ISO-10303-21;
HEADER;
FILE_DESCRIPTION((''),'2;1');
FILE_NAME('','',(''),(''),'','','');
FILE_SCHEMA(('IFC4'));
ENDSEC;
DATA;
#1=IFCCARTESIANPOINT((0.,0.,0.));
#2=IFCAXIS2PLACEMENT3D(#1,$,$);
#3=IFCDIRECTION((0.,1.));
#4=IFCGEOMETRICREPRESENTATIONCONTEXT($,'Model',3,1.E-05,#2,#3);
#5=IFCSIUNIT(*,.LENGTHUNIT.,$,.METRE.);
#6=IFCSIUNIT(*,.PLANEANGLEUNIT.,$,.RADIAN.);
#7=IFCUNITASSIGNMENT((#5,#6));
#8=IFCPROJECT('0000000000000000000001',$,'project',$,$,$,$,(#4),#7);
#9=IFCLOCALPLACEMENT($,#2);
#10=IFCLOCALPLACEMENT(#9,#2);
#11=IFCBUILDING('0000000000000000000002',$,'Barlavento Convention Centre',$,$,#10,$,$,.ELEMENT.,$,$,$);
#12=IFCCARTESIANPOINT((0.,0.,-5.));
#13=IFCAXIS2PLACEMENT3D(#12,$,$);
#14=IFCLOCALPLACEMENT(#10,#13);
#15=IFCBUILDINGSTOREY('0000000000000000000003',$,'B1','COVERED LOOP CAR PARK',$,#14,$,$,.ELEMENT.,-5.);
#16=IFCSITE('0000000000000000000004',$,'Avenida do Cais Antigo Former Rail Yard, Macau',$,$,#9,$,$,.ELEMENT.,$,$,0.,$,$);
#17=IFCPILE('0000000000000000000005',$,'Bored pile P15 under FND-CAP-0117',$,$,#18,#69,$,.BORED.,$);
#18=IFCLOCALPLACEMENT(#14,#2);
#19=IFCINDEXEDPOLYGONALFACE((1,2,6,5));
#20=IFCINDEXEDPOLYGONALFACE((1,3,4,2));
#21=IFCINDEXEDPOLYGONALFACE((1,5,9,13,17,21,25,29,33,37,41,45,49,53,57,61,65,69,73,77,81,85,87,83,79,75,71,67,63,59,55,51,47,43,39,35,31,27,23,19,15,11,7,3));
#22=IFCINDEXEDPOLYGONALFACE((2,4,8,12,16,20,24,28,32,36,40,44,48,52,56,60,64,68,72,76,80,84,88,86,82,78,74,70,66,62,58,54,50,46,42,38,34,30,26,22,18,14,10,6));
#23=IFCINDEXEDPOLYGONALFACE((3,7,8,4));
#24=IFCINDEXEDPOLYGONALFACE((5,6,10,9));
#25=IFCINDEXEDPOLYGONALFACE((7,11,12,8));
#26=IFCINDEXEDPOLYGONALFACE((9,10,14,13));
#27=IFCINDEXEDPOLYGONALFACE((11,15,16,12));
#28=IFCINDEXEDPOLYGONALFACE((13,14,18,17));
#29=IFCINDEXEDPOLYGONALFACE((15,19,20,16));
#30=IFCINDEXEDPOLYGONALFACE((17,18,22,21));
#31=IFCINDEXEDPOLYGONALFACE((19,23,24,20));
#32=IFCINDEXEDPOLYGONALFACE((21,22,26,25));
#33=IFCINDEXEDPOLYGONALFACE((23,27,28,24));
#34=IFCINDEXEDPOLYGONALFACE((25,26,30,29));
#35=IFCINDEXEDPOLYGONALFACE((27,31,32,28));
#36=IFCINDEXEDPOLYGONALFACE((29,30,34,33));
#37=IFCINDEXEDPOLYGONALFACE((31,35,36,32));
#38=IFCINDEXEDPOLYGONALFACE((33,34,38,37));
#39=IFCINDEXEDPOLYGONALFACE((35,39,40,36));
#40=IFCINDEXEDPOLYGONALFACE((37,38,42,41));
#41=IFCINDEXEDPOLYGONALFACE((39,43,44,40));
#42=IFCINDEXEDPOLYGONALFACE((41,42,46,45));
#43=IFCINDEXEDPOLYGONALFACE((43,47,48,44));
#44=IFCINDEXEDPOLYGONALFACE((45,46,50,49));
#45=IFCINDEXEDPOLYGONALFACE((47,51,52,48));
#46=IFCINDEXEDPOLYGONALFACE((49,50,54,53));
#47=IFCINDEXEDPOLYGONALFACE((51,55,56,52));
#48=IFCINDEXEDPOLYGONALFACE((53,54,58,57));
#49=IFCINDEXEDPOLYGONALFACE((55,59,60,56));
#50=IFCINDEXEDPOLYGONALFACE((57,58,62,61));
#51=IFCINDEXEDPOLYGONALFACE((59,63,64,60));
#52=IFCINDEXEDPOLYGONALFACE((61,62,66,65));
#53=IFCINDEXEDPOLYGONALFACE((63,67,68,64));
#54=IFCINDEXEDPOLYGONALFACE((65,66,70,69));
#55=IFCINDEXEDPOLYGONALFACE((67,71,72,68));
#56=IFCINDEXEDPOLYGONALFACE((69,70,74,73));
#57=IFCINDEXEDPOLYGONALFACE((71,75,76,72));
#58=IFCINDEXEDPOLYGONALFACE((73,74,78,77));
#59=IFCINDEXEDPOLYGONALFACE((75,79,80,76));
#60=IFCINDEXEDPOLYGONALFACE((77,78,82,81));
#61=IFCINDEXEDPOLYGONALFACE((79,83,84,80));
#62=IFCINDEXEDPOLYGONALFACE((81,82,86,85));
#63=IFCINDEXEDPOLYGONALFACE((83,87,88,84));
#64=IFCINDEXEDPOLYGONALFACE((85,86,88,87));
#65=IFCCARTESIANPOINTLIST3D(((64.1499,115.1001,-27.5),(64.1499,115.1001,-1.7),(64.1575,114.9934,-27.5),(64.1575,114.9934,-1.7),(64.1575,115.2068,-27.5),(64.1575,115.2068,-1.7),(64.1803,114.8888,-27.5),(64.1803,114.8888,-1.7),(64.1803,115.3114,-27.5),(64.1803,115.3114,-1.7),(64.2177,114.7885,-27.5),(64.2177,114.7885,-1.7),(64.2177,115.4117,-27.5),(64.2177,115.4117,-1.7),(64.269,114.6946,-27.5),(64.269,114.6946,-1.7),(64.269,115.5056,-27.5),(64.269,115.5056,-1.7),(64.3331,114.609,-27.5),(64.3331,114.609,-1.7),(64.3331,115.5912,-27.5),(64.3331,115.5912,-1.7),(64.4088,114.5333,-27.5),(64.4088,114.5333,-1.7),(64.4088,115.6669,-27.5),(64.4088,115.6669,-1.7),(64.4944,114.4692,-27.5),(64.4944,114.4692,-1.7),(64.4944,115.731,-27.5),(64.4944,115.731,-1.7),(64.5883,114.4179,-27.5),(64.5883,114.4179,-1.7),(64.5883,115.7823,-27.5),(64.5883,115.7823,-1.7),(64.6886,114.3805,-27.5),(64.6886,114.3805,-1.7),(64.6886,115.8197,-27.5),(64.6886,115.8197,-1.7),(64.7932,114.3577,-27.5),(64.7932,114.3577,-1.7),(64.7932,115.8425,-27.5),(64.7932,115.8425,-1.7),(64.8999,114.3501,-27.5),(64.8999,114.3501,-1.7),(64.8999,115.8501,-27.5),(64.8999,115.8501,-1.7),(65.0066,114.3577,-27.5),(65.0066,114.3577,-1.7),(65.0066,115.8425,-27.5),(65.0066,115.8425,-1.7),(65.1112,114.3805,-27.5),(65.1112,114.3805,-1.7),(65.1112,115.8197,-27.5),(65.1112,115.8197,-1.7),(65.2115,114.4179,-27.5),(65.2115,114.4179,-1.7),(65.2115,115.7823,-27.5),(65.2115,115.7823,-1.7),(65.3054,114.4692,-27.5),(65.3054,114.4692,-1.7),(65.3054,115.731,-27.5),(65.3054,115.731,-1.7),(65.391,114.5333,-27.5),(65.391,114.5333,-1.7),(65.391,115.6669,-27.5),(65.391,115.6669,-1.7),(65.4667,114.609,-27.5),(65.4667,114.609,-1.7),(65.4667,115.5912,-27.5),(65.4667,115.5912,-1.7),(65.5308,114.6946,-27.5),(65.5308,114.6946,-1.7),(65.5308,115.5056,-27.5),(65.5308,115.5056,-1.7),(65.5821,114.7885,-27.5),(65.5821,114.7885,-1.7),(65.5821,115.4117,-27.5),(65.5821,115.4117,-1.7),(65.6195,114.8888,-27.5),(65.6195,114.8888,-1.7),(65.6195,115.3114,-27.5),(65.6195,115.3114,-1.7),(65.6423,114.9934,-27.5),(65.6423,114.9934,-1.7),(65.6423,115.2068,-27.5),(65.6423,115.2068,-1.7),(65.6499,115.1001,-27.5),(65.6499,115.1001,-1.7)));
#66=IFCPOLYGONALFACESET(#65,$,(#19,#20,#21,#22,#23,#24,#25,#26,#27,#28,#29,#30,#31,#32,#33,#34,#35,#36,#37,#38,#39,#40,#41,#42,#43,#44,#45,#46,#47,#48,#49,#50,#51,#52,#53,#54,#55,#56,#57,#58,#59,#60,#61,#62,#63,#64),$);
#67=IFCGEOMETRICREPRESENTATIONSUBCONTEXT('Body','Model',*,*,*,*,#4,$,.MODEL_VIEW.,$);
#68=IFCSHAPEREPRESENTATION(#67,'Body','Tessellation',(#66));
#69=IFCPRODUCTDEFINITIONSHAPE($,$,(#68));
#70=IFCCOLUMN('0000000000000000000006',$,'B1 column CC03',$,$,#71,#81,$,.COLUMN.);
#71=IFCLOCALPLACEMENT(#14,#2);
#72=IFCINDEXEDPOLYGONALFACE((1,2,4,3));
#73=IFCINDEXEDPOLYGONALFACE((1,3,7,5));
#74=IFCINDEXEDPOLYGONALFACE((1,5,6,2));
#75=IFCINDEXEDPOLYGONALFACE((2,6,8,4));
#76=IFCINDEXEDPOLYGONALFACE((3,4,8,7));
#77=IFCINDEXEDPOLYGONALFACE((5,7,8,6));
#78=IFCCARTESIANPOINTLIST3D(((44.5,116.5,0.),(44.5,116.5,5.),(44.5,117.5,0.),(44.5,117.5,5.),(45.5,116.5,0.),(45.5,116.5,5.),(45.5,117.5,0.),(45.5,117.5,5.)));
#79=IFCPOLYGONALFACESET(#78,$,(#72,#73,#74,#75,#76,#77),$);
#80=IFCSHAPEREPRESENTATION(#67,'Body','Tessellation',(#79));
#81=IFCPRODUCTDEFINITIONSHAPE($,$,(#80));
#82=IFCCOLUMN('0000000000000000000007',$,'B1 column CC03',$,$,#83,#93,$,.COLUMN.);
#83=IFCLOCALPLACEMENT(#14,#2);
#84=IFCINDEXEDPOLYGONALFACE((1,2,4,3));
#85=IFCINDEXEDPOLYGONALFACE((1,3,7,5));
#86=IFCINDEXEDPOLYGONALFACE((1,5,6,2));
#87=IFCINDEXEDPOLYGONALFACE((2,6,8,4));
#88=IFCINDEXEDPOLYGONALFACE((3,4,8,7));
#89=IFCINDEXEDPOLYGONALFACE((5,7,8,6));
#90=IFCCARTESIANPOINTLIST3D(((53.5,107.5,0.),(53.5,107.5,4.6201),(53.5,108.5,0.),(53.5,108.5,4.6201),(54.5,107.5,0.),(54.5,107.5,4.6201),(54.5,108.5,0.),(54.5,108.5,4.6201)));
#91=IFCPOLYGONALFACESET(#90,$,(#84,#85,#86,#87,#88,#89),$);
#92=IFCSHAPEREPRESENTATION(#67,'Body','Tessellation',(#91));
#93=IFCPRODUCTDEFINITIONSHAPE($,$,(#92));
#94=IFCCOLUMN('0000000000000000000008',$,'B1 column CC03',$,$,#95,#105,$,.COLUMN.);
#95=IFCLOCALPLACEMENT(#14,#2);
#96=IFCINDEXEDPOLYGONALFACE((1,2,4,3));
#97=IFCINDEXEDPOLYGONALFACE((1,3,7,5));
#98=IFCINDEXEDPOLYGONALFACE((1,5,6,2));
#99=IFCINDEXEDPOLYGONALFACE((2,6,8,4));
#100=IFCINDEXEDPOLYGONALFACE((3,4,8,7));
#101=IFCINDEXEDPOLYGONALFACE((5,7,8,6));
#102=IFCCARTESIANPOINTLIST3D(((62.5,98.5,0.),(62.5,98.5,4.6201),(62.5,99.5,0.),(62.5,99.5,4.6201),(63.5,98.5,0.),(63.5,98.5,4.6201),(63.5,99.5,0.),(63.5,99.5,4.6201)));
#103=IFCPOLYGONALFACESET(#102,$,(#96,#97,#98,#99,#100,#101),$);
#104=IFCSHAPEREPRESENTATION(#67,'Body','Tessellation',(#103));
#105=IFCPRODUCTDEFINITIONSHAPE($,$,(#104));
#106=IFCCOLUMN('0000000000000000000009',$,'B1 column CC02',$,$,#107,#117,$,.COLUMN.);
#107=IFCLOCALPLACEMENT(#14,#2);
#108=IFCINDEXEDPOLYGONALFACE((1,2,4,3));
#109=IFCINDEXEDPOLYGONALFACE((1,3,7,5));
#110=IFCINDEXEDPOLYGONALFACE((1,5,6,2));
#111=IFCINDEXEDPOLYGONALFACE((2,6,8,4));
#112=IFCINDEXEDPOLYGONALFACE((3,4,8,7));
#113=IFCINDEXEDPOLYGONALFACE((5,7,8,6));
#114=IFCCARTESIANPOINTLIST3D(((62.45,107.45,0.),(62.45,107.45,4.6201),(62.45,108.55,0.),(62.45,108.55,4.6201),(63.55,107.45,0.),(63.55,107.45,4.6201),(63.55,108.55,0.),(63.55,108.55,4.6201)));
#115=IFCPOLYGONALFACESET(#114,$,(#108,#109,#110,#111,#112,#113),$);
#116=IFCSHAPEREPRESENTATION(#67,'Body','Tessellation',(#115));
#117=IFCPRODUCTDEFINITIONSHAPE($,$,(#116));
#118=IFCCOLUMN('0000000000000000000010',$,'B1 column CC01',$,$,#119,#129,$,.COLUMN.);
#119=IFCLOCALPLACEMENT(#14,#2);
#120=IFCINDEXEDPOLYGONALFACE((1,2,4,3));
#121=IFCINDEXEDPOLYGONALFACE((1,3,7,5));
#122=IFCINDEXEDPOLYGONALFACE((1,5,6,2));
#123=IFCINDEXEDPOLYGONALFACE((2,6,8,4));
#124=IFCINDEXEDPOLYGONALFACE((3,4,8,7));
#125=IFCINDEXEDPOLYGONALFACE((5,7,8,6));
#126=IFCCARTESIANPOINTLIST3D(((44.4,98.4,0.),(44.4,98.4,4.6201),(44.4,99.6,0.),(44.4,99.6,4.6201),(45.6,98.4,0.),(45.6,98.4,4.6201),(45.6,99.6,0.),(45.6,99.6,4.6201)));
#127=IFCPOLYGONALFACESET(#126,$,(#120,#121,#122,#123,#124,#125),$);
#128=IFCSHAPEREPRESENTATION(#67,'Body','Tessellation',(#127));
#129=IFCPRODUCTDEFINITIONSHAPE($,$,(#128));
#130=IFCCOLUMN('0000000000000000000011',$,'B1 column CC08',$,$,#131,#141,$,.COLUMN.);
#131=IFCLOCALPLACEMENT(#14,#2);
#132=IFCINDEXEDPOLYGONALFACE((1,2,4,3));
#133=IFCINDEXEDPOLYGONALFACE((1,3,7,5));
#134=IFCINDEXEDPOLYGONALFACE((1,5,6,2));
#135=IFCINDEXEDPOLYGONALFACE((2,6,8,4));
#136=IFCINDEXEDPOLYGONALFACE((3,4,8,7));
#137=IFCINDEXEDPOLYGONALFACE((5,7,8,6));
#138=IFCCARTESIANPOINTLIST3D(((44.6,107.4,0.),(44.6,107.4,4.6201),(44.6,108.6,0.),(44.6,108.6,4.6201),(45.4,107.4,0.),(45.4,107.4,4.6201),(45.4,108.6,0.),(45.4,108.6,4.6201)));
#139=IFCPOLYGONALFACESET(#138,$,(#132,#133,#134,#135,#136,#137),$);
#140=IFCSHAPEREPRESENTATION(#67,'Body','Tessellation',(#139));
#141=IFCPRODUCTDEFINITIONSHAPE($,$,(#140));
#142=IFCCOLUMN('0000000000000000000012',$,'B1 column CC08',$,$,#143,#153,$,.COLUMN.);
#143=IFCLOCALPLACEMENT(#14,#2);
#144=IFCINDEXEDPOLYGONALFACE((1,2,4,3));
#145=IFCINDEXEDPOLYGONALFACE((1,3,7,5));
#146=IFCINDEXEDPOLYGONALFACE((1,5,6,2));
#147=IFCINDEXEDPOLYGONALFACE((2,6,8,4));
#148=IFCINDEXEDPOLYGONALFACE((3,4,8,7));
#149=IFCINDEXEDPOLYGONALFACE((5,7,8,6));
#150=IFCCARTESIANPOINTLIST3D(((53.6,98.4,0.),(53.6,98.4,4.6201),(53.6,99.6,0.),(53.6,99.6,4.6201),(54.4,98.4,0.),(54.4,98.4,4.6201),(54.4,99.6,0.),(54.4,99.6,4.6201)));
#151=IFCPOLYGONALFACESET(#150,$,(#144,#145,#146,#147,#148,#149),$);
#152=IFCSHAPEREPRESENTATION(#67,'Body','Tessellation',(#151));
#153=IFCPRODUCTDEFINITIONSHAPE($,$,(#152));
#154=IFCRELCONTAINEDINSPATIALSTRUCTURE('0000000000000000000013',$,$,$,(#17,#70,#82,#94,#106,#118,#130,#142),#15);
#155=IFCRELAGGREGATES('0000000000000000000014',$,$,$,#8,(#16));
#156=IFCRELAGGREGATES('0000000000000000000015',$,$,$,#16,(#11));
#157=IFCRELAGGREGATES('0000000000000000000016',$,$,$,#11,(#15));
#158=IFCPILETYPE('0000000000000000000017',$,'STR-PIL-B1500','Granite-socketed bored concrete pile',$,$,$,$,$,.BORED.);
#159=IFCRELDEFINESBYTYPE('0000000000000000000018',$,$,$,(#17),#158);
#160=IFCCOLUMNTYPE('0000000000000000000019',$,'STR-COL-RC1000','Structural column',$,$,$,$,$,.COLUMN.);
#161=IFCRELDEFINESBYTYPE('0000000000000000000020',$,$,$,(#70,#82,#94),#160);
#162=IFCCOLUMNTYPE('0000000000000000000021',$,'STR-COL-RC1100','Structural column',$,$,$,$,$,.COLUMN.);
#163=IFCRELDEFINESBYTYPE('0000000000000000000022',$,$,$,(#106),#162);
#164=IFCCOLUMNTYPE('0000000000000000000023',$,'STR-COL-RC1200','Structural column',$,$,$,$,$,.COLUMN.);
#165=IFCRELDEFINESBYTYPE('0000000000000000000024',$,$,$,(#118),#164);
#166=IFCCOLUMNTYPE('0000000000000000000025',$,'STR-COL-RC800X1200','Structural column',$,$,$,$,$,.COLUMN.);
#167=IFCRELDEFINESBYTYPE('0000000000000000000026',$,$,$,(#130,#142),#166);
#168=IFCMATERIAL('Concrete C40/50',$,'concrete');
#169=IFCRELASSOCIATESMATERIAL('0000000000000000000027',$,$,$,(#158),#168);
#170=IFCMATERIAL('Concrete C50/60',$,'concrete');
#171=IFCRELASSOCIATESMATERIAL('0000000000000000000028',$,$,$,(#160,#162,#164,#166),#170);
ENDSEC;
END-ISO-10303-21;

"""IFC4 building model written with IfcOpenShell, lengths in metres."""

from ifc_helpers import new_model, si_unit, direction, frame, origin, origin_2d, place, context, subcontext, project, spatial, rectangle, circle, extrude, material, material_profile, profile_set, type_object, element, save


model = new_model("IFC4")

# Units and contexts
model_context = context("Model", 3, precision=1e-05, world=origin(), true_north=direction((0.0, 1.0)))
body_context = subcontext(model_context, "Body", "Model", "MODEL_VIEW")
ifc_project = project(units=[si_unit("LENGTHUNIT", "METRE"), si_unit("PLANEANGLEUNIT", "RADIAN")], contexts=[model_context])

# Site, building, storey
site_placement = place(None, origin())
site = spatial("IfcSite", under=ifc_project, at=site_placement, Name="Avenida do Cais Antigo Former Rail Yard, Macau", CompositionType="ELEMENT", RefElevation=0.0)
building_placement = place(site_placement, origin())
building = spatial("IfcBuilding", under=site, at=building_placement, Name="Barlavento Convention Centre", CompositionType="ELEMENT")
storey_placement = place(building_placement, frame((0.0, 0.0, -5.0)))
storey = spatial("IfcBuildingStorey", under=building, at=storey_placement, Name="B1", Description="COVERED LOOP CAR PARK", CompositionType="ELEMENT", Elevation=-5.0)

# Shared definitions
ifc_material_1 = material(Name="Concrete C40/50", Category="concrete")

# Pile
ifc_material_profile_1 = material_profile(ifc_material_1, circle(Radius=0.75, at=origin_2d()), Name="BORED PILE 1500")
ifc_profile_set_1 = profile_set([ifc_material_profile_1], Name="Concrete C40/50")
pile_type_1 = type_object("IfcPileType", Name="STR-PIL-B1500", Description="Granite-socketed bored concrete pile", PredefinedType="BORED", material=ifc_profile_set_1)
for number, where, z_axis, x_axis, name in (
    (1, (64.8999, 115.1001, -1.7), (0.0, 0.0, -1.0), (1.0, 0.0, 0.0), "Bored pile P15 under FND-CAP-0117"),
):
    element("IfcPile", number, at=place(storey_placement, frame(where, z_axis=z_axis, x_axis=x_axis)), inside=storey, type_object=pile_type_1, Name=name, PredefinedType="BORED", context=body_context, shape_type="SweptSolid", body=[
        extrude(circle(Radius=0.75, at=origin_2d()), origin(), (0.0, 0.0, 1.0), 25.8),
    ])

# Columns
ifc_material_2 = material(Name="Concrete C50/60", Category="concrete")
ifc_material_profile_2 = material_profile(ifc_material_2, rectangle(XDim=1.0, YDim=1.0, at=origin_2d()), Name="RC 1000x1000")
ifc_profile_set_2 = profile_set([ifc_material_profile_2], Name="Concrete C50/60")
column_type_1 = type_object("IfcColumnType", Name="STR-COL-RC1000", Description="Structural column", PredefinedType="COLUMN", material=ifc_profile_set_2)
column_1_placement = place(storey_placement, frame((45.0, 117.0, 0.0), z_axis=(0.0, 0.0, 1.0), x_axis=(1.0, 0.0, 0.0)))
element("IfcColumn", 2, at=column_1_placement, inside=storey, type_object=column_type_1, Name="B1 column CC03", PredefinedType="COLUMN", context=body_context, shape_type="SweptSolid", body=[
    extrude(rectangle(XDim=1.0, YDim=1.0, at=origin_2d()), origin(), (0.0, 0.0, 1.0), 5.0),
])
for number, where, z_axis, x_axis, name in (
    (3, (54.0, 108.0, 0.0), (0.0, 0.0, 1.0), (1.0, 0.0, 0.0), "B1 column CC03"),
    (4, (63.0, 99.0, 0.0), (0.0, 0.0, 1.0), (1.0, 0.0, 0.0), "B1 column CC03"),
):
    element("IfcColumn", number, at=place(storey_placement, frame(where, z_axis=z_axis, x_axis=x_axis)), inside=storey, type_object=column_type_1, Name=name, PredefinedType="COLUMN", context=body_context, shape_type="SweptSolid", body=[
        extrude(rectangle(XDim=1.0, YDim=1.0, at=origin_2d()), origin(), (0.0, 0.0, 1.0), 4.6201),
    ])
ifc_material_profile_3 = material_profile(ifc_material_2, rectangle(XDim=1.1001, YDim=1.1001, at=origin_2d()), Name="RC 1100x1100")
ifc_profile_set_3 = profile_set([ifc_material_profile_3], Name="Concrete C50/60")
column_type_2 = type_object("IfcColumnType", Name="STR-COL-RC1100", Description="Structural column", PredefinedType="COLUMN", material=ifc_profile_set_3)
column_2_placement = place(storey_placement, frame((63.0, 108.0, 0.0), z_axis=(0.0, 0.0, 1.0), x_axis=(1.0, 0.0, 0.0)))
element("IfcColumn", 5, at=column_2_placement, inside=storey, type_object=column_type_2, Name="B1 column CC02", PredefinedType="COLUMN", context=body_context, shape_type="SweptSolid", body=[
    extrude(rectangle(XDim=1.1001, YDim=1.1001, at=origin_2d()), origin(), (0.0, 0.0, 1.0), 4.6201),
])
ifc_material_profile_4 = material_profile(ifc_material_2, rectangle(XDim=1.2, YDim=1.2, at=origin_2d()), Name="RC 1200x1200")
ifc_profile_set_4 = profile_set([ifc_material_profile_4], Name="Concrete C50/60")
column_type_3 = type_object("IfcColumnType", Name="STR-COL-RC1200", Description="Structural column", PredefinedType="COLUMN", material=ifc_profile_set_4)
column_3_placement = place(storey_placement, frame((45.0, 99.0, 0.0), z_axis=(0.0, 0.0, 1.0), x_axis=(1.0, 0.0, 0.0)))
element("IfcColumn", 6, at=column_3_placement, inside=storey, type_object=column_type_3, Name="B1 column CC01", PredefinedType="COLUMN", context=body_context, shape_type="SweptSolid", body=[
    extrude(rectangle(XDim=1.2, YDim=1.2, at=origin_2d()), origin(), (0.0, 0.0, 1.0), 4.6201),
])
ifc_material_profile_5 = material_profile(ifc_material_2, rectangle(XDim=0.8, YDim=1.2, at=origin_2d()), Name="RC 800x1200")
ifc_profile_set_5 = profile_set([ifc_material_profile_5], Name="Concrete C50/60")
column_type_4 = type_object("IfcColumnType", Name="STR-COL-RC800X1200", Description="Structural column", PredefinedType="COLUMN", material=ifc_profile_set_5)
for number, where, z_axis, x_axis, name in (
    (7, (45.0, 108.0, 0.0), (0.0, 0.0, 1.0), (1.0, 0.0, 0.0), "B1 column CC08"),
    (8, (54.0, 99.0, 0.0), (0.0, 0.0, 1.0), (1.0, 0.0, 0.0), "B1 column CC08"),
):
    element("IfcColumn", number, at=place(storey_placement, frame(where, z_axis=z_axis, x_axis=x_axis)), inside=storey, type_object=column_type_4, Name=name, PredefinedType="COLUMN", context=body_context, shape_type="SweptSolid", body=[
        extrude(rectangle(XDim=0.8, YDim=1.2, at=origin_2d()), origin(), (0.0, 0.0, 1.0), 4.6201),
    ])

save(model, "model.ifc")
